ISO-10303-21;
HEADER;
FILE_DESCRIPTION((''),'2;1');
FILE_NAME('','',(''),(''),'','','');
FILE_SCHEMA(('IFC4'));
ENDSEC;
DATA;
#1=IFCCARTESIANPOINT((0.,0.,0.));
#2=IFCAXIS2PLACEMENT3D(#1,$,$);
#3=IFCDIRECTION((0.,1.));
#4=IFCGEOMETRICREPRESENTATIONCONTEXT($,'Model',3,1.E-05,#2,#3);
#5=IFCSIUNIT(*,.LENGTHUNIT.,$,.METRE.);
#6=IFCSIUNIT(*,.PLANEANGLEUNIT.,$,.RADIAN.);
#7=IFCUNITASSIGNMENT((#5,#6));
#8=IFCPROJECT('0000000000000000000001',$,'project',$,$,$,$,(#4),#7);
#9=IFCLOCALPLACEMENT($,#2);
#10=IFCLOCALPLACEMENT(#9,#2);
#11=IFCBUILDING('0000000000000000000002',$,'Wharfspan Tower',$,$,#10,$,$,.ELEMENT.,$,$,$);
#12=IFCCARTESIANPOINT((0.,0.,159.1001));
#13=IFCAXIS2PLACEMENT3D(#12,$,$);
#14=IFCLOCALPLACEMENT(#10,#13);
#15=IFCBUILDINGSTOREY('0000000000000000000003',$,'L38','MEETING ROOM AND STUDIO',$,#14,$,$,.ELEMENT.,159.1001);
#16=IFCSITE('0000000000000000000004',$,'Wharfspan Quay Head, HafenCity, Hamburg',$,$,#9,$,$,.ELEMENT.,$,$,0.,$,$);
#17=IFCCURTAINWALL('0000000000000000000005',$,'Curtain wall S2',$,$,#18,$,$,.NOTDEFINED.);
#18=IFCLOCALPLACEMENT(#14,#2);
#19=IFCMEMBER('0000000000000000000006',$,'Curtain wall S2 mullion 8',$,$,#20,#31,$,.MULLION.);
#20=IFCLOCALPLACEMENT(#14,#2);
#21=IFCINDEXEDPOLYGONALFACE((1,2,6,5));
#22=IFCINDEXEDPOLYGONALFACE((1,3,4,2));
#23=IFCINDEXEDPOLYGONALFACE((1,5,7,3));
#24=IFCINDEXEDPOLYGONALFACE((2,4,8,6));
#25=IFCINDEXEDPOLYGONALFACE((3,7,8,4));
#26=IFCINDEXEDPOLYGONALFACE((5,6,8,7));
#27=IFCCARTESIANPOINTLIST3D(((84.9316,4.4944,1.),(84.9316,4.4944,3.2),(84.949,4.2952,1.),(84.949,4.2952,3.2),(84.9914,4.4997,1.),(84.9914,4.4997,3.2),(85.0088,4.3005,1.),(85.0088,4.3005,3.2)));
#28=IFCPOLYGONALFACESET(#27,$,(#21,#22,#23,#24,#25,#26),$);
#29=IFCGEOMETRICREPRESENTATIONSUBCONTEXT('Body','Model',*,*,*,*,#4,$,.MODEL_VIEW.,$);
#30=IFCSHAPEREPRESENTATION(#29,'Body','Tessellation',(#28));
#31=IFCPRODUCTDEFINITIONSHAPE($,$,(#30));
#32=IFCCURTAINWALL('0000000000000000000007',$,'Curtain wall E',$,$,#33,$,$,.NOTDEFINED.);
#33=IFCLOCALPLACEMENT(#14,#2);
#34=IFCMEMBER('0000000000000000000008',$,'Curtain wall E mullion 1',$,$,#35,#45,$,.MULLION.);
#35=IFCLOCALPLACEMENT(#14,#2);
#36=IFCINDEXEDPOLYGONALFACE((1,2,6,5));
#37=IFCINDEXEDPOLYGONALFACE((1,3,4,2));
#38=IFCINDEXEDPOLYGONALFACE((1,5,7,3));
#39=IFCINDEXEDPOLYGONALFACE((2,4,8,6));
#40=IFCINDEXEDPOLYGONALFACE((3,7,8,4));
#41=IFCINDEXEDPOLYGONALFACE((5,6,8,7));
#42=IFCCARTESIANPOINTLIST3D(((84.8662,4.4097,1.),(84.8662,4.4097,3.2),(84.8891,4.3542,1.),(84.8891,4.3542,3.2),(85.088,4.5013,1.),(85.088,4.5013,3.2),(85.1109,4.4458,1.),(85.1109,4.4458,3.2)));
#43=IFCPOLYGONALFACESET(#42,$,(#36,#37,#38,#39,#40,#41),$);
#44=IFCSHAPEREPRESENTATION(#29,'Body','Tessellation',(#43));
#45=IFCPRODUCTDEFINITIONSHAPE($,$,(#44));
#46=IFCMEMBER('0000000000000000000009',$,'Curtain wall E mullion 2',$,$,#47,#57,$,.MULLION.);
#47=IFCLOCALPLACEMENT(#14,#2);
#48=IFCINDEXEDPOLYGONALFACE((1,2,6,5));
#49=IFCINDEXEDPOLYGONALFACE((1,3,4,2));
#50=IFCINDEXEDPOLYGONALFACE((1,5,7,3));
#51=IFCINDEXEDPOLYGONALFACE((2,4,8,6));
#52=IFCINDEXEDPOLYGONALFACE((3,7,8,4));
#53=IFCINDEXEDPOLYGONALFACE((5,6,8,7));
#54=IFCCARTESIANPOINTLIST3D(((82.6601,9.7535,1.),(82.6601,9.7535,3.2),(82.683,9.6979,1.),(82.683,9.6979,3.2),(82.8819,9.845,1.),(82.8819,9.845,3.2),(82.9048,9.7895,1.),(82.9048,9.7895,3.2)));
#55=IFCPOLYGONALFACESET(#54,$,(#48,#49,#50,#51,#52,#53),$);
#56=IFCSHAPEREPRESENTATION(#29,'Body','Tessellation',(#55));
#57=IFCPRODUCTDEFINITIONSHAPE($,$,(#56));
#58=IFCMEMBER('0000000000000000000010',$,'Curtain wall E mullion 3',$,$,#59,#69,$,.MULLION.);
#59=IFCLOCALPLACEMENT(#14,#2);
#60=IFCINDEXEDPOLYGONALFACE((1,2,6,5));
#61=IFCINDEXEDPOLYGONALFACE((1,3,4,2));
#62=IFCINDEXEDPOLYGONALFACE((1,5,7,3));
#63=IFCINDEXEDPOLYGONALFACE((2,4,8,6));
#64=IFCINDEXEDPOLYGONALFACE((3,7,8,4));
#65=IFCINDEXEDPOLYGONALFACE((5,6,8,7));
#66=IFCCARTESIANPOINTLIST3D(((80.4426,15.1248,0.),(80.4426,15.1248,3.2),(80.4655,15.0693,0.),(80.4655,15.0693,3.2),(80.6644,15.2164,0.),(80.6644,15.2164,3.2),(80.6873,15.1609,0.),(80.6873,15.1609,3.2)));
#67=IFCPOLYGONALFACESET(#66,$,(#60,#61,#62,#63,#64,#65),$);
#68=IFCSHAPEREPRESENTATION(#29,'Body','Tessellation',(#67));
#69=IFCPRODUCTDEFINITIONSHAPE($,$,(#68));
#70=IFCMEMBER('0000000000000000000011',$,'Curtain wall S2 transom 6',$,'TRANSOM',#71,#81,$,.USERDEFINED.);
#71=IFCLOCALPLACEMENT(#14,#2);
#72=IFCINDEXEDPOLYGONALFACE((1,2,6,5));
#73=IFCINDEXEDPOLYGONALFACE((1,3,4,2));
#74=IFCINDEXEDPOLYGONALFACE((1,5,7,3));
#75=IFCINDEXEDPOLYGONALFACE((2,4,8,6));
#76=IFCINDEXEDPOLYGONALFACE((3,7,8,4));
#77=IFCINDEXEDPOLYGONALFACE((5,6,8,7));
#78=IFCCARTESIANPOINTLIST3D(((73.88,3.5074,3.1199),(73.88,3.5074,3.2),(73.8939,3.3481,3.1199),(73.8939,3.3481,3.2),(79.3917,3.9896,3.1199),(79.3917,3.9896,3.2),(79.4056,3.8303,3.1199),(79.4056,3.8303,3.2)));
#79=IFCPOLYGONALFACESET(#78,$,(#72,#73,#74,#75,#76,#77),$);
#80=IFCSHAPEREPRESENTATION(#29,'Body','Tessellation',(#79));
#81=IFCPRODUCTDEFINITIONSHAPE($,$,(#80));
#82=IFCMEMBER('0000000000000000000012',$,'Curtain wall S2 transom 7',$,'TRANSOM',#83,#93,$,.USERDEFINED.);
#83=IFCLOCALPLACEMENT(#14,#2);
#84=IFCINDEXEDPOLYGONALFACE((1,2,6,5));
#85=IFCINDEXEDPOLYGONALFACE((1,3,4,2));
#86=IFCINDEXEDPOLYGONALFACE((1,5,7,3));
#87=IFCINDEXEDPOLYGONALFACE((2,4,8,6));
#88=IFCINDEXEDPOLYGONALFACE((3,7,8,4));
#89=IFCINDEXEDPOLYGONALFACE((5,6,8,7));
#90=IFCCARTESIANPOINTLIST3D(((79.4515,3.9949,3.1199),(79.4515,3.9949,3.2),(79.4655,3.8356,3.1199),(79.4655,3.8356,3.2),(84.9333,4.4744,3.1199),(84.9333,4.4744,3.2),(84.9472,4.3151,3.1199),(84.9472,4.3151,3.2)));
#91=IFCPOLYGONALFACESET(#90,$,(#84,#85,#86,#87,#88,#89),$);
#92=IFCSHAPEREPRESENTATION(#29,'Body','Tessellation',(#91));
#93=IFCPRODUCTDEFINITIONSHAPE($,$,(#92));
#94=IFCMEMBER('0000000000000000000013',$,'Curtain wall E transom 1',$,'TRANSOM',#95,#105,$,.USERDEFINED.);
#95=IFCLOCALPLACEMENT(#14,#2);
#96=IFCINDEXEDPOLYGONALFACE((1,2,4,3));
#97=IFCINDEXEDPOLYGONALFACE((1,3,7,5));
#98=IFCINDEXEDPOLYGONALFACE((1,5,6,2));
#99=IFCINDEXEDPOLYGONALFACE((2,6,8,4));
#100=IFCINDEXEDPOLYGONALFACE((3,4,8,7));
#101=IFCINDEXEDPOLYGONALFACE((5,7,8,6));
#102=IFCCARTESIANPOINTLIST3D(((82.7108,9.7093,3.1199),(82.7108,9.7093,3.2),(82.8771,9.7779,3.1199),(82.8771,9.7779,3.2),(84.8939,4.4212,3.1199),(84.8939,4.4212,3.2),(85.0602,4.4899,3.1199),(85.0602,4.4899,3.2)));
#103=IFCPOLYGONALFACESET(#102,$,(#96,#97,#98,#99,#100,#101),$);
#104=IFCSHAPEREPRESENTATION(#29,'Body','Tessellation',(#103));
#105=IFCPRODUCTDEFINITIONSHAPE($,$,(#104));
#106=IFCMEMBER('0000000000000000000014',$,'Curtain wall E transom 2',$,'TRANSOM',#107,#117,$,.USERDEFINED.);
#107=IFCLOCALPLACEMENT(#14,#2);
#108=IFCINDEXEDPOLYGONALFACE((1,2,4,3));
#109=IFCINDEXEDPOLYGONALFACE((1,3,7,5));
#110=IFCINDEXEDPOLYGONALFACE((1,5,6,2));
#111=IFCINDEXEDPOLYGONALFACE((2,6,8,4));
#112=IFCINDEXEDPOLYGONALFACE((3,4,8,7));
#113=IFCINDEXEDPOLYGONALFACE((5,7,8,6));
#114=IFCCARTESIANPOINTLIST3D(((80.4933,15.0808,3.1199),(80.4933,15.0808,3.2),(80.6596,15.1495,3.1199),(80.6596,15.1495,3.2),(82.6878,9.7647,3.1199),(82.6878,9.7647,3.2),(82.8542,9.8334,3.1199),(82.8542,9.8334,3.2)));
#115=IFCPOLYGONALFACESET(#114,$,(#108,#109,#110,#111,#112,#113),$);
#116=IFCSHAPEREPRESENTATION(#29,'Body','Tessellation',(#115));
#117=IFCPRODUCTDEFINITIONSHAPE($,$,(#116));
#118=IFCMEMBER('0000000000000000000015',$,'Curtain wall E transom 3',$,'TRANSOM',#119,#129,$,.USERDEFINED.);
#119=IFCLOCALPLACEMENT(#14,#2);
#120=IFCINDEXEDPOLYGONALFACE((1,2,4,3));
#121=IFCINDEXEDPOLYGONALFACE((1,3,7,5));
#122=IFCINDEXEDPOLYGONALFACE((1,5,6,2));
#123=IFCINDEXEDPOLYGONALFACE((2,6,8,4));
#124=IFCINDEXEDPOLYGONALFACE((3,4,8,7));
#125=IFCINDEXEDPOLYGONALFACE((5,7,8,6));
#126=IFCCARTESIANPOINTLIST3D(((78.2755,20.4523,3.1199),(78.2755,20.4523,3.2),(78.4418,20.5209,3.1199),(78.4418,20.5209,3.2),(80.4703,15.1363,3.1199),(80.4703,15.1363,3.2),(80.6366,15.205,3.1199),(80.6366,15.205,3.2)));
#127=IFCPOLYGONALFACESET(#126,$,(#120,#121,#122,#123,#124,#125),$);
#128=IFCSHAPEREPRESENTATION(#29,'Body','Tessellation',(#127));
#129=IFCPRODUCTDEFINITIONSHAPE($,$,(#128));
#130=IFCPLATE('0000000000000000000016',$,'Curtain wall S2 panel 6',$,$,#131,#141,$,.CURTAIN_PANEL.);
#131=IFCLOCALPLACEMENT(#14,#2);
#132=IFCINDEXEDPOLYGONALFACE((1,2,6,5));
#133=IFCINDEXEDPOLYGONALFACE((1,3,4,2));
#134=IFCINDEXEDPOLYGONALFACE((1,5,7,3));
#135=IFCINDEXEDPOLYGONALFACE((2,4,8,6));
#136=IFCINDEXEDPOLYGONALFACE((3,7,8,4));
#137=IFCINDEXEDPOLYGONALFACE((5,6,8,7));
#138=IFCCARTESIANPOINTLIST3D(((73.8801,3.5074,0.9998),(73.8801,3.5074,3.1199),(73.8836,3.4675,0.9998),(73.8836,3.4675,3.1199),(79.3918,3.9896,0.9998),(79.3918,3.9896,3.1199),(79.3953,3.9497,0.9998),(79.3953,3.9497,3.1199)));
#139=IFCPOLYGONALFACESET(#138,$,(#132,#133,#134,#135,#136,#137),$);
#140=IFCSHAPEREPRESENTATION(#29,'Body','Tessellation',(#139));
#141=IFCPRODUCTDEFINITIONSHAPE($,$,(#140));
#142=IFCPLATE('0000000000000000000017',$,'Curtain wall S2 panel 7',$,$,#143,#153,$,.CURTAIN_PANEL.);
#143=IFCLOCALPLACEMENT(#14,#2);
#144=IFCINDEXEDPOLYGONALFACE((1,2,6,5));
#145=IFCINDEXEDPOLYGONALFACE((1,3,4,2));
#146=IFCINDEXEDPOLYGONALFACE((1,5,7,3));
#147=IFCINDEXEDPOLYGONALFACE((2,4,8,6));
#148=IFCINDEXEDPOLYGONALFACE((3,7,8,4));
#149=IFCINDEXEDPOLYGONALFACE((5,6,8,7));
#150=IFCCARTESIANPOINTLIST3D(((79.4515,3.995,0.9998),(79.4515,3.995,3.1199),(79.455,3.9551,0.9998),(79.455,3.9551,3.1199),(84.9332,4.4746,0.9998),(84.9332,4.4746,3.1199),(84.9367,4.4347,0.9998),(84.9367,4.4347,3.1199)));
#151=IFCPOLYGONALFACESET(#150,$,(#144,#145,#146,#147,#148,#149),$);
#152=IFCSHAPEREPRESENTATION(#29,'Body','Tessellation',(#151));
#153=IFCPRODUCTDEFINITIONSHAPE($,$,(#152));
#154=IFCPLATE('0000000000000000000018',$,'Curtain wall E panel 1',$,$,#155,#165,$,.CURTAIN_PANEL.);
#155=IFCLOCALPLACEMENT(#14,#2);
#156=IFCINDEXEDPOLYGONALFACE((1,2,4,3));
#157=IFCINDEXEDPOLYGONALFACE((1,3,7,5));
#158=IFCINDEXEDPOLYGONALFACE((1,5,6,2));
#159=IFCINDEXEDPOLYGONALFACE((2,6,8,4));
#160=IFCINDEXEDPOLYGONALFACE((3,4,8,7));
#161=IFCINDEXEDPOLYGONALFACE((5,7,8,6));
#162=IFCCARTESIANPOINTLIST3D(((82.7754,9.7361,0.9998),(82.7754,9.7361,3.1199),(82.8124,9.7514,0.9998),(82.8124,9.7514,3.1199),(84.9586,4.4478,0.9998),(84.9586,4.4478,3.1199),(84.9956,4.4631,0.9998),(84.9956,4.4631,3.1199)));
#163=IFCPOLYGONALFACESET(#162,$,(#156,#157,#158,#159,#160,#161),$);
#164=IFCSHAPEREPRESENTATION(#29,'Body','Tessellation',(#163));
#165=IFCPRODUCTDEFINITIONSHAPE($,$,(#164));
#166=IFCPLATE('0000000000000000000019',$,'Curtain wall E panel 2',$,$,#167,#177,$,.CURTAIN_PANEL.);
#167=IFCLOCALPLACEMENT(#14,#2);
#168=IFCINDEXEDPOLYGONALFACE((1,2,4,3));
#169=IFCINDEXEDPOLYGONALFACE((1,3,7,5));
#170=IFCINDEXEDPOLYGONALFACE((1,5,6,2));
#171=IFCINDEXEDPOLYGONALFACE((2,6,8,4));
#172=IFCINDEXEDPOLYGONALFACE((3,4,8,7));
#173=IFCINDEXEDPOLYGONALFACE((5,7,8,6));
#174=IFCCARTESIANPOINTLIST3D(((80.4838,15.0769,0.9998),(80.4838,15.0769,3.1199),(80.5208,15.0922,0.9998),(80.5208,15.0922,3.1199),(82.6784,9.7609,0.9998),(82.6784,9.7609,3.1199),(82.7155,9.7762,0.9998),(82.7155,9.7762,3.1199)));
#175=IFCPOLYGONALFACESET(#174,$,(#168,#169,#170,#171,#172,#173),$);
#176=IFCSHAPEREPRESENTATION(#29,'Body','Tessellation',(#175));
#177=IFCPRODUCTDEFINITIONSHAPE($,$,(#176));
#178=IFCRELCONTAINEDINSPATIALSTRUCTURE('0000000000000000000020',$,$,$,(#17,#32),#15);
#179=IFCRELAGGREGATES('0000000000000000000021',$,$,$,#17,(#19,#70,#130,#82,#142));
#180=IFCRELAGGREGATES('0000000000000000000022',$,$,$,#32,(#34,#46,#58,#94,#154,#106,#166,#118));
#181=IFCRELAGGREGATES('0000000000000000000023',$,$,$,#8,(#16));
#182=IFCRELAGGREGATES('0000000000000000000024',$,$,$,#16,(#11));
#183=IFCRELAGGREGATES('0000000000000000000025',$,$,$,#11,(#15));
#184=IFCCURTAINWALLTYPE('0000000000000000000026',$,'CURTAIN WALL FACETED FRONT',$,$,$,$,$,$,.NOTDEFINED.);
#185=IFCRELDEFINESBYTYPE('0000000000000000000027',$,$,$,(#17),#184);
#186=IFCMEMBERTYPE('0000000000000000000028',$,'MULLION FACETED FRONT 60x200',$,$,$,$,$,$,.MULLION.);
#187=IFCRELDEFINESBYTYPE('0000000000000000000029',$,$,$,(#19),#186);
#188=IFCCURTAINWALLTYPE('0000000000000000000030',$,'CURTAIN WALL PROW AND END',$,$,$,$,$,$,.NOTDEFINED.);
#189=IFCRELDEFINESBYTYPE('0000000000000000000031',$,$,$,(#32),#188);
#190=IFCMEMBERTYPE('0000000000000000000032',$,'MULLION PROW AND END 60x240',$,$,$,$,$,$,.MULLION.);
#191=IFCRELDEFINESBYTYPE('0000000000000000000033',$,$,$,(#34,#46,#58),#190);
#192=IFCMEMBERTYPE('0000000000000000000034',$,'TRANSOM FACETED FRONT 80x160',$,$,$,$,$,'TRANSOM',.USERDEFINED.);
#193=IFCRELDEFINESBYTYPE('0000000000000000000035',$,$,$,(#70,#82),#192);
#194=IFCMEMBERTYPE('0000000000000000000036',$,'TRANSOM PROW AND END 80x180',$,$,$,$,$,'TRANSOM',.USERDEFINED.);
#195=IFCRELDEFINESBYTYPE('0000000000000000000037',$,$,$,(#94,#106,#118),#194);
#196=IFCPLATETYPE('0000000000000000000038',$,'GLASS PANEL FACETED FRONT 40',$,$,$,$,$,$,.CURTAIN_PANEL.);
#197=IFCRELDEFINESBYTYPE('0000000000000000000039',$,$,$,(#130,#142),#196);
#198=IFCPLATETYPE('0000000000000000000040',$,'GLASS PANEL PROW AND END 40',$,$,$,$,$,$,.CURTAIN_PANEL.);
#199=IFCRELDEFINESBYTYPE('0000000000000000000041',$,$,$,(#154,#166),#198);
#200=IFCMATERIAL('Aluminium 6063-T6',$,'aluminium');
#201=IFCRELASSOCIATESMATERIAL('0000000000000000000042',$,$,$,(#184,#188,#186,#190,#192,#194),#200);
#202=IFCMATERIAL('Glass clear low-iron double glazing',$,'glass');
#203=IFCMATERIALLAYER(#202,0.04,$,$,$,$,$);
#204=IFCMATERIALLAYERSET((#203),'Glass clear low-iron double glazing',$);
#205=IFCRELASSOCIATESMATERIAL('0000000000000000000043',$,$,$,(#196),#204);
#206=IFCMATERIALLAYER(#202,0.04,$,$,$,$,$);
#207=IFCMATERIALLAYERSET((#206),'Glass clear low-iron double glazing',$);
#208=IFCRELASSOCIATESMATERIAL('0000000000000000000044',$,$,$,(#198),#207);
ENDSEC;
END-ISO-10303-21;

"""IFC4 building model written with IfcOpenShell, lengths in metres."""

from ifc_helpers import new_model, si_unit, direction, frame, origin, origin_2d, place, context, subcontext, project, spatial, rectangle, extrude, material, layer, layer_set, material_profile, profile_set, type_object, element, aggregate, save


model = new_model("IFC4")

# Units and contexts
model_context = context("Model", 3, precision=1e-05, world=origin(), true_north=direction((0.0, 1.0)))
body_context = subcontext(model_context, "Body", "Model", "MODEL_VIEW")
ifc_project = project(units=[si_unit("LENGTHUNIT", "METRE"), si_unit("PLANEANGLEUNIT", "RADIAN")], contexts=[model_context])

# Site, building, storey
site_placement = place(None, origin())
site = spatial("IfcSite", under=ifc_project, at=site_placement, Name="Wharfspan Quay Head, HafenCity, Hamburg", CompositionType="ELEMENT", RefElevation=0.0)
building_placement = place(site_placement, origin())
building = spatial("IfcBuilding", under=site, at=building_placement, Name="Wharfspan Tower", CompositionType="ELEMENT")
storey_placement = place(building_placement, frame((0.0, 0.0, 159.1001)))
storey = spatial("IfcBuildingStorey", under=building, at=storey_placement, Name="L38", Description="MEETING ROOM AND STUDIO", CompositionType="ELEMENT", Elevation=159.1001)

# Curtain walls, members
ifc_material_1 = material(Name="Aluminium 6063-T6", Category="aluminium")
curtain_wall_type_1 = type_object("IfcCurtainWallType", Name="CURTAIN WALL FACETED FRONT", PredefinedType="NOTDEFINED", material=ifc_material_1)
curtain_wall_1_placement = place(storey_placement, origin())
curtain_wall_1 = element("IfcCurtainWall", 1, at=curtain_wall_1_placement, inside=storey, type_object=curtain_wall_type_1, Name="Curtain wall S2", PredefinedType="NOTDEFINED")
ifc_material_profile_1 = material_profile(ifc_material_1, rectangle(XDim=0.2, YDim=0.0601, at=origin_2d()))
ifc_profile_set_1 = profile_set([ifc_material_profile_1], Name="Aluminium 6063-T6")
member_type_1 = type_object("IfcMemberType", Name="MULLION FACETED FRONT 60x200", PredefinedType="MULLION", material=ifc_profile_set_1)
member_1_placement = place(storey_placement, frame((84.9702, 4.3975, 1.0), z_axis=(0.0, 0.0, 1.0), x_axis=(-0.087156, 0.996198, 0.0)))
member_1 = element("IfcMember", 2, at=member_1_placement, type_object=member_type_1, Name="Curtain wall S2 mullion 8", PredefinedType="MULLION", context=body_context, shape_type="SweptSolid", body=[
    extrude(rectangle(XDim=0.2, YDim=0.0601, at=origin_2d()), origin(), (0.0, 0.0, 1.0), 2.2),
])
curtain_wall_type_2 = type_object("IfcCurtainWallType", Name="CURTAIN WALL PROW AND END", PredefinedType="NOTDEFINED", material=ifc_material_1)
curtain_wall_2_placement = place(storey_placement, origin())
curtain_wall_2 = element("IfcCurtainWall", 3, at=curtain_wall_2_placement, inside=storey, type_object=curtain_wall_type_2, Name="Curtain wall E", PredefinedType="NOTDEFINED")
ifc_material_profile_2 = material_profile(ifc_material_1, rectangle(XDim=0.24, YDim=0.0601, at=origin_2d()))
ifc_profile_set_2 = profile_set([ifc_material_profile_2], Name="Aluminium 6063-T6")
member_type_2 = type_object("IfcMemberType", Name="MULLION PROW AND END 60x240", PredefinedType="MULLION", material=ifc_profile_set_2)
member_2_placement = place(storey_placement, frame((84.9885, 4.4277, 1.0), z_axis=(0.0, 0.0, 1.0), x_axis=(-0.924325, -0.381602, 0.0)))
member_2 = element("IfcMember", 4, at=member_2_placement, type_object=member_type_2, Name="Curtain wall E mullion 1", PredefinedType="MULLION", context=body_context, shape_type="SweptSolid", body=[
    extrude(rectangle(XDim=0.24, YDim=0.0601, at=origin_2d()), origin(), (0.0, 0.0, 1.0), 2.2),
])
member_3_placement = place(storey_placement, frame((82.7825, 9.7715, 1.0), z_axis=(0.0, 0.0, 1.0), x_axis=(-0.924325, -0.381602, 0.0)))
member_3 = element("IfcMember", 5, at=member_3_placement, type_object=member_type_2, Name="Curtain wall E mullion 2", PredefinedType="MULLION", context=body_context, shape_type="SweptSolid", body=[
    extrude(rectangle(XDim=0.24, YDim=0.0601, at=origin_2d()), origin(), (0.0, 0.0, 1.0), 2.2),
])
member_4_placement = place(storey_placement, frame((80.5649, 15.1428, 0.0), z_axis=(0.0, 0.0, 1.0), x_axis=(-0.924325, -0.381602, 0.0)))
member_4 = element("IfcMember", 6, at=member_4_placement, type_object=member_type_2, Name="Curtain wall E mullion 3", PredefinedType="MULLION", context=body_context, shape_type="SweptSolid", body=[
    extrude(rectangle(XDim=0.24, YDim=0.0601, at=origin_2d()), origin(), (0.0, 0.0, 1.0), 3.2),
])

# Members
ifc_material_profile_3 = material_profile(ifc_material_1, rectangle(XDim=0.1599, YDim=0.0801, at=origin_2d()))
ifc_profile_set_3 = profile_set([ifc_material_profile_3], Name="Aluminium 6063-T6")
member_type_3 = type_object("IfcMemberType", Name="TRANSOM FACETED FRONT 80x160", ElementType="TRANSOM", PredefinedType="USERDEFINED", material=ifc_profile_set_3)
member_5_placement = place(storey_placement, frame((73.887, 3.4277, 3.1599), z_axis=(0.996195, 0.087149, 0.0), x_axis=(-0.087149, 0.996195, 0.0)))
member_5 = element("IfcMember", 7, at=member_5_placement, type_object=member_type_3, Name="Curtain wall S2 transom 6", ObjectType="TRANSOM", PredefinedType="USERDEFINED", context=body_context, shape_type="SweptSolid", body=[
    extrude(rectangle(XDim=0.1599, YDim=0.0801, at=origin_2d()), origin(), (0.0, 0.0, 1.0), 5.5327),
])
member_6_placement = place(storey_placement, frame((79.4585, 3.9153, 3.1599), z_axis=(0.996196, 0.087139, 0.0), x_axis=(-0.087139, 0.996196, 0.0)))
member_6 = element("IfcMember", 8, at=member_6_placement, type_object=member_type_3, Name="Curtain wall S2 transom 7", ObjectType="TRANSOM", PredefinedType="USERDEFINED", context=body_context, shape_type="SweptSolid", body=[
    extrude(rectangle(XDim=0.1599, YDim=0.0801, at=origin_2d()), origin(), (0.0, 0.0, 1.0), 5.5027),
])
ifc_material_profile_4 = material_profile(ifc_material_1, rectangle(XDim=0.1799, YDim=0.0801, at=origin_2d()))
ifc_profile_set_4 = profile_set([ifc_material_profile_4], Name="Aluminium 6063-T6")
member_type_4 = type_object("IfcMemberType", Name="TRANSOM PROW AND END 80x180", ElementType="TRANSOM", PredefinedType="USERDEFINED", material=ifc_profile_set_4)
member_7_placement = place(storey_placement, frame((84.9771, 4.4556, 3.1599), z_axis=(-0.381595, 0.924329, 0.0), x_axis=(-0.924329, -0.381595, 0.0)))
member_7 = element("IfcMember", 9, at=member_7_placement, type_object=member_type_4, Name="Curtain wall E transom 1", ObjectType="TRANSOM", PredefinedType="USERDEFINED", context=body_context, shape_type="SweptSolid", body=[
    extrude(rectangle(XDim=0.1799, YDim=0.0801, at=origin_2d()), origin(), (0.0, 0.0, 1.0), 5.7209),
])
member_8_placement = place(storey_placement, frame((82.771, 9.7991, 3.1599), z_axis=(-0.381578, 0.924337, 0.0), x_axis=(-0.924337, -0.381578, 0.0)))
member_8 = element("IfcMember", 10, at=member_8_placement, type_object=member_type_4, Name="Curtain wall E transom 2", ObjectType="TRANSOM", PredefinedType="USERDEFINED", context=body_context, shape_type="SweptSolid", body=[
    extrude(rectangle(XDim=0.1799, YDim=0.0801, at=origin_2d()), origin(), (0.0, 0.0, 1.0), 5.7512),
])
member_9_placement = place(storey_placement, frame((80.5535, 15.1707, 3.1599), z_axis=(-0.381629, 0.924315, 0.0), x_axis=(-0.924315, -0.381629, 0.0)))
member_9 = element("IfcMember", 11, at=member_9_placement, type_object=member_type_4, Name="Curtain wall E transom 3", ObjectType="TRANSOM", PredefinedType="USERDEFINED", context=body_context, shape_type="SweptSolid", body=[
    extrude(rectangle(XDim=0.1799, YDim=0.0801, at=origin_2d()), origin(), (0.0, 0.0, 1.0), 5.7512),
])

# Plates
ifc_material_2 = material(Name="Glass clear low-iron double glazing", Category="glass")
ifc_layer_1 = layer(ifc_material_2, 0.04)
ifc_layer_set_1 = layer_set([ifc_layer_1], Name="Glass clear low-iron double glazing")
plate_type_1 = type_object("IfcPlateType", Name="GLASS PANEL FACETED FRONT 40", PredefinedType="CURTAIN_PANEL", material=ifc_layer_set_1)
plate_1_placement = place(storey_placement, frame((76.6377, 3.7285, 0.9998), z_axis=(0.0, 0.0, 1.0), x_axis=(0.996198, 0.087156, 0.0)))
plate_1 = element("IfcPlate", 12, at=plate_1_placement, type_object=plate_type_1, Name="Curtain wall S2 panel 6", PredefinedType="CURTAIN_PANEL", context=body_context, shape_type="SweptSolid", body=[
    extrude(rectangle(XDim=5.5327, YDim=0.04, at=origin_2d()), origin(), (0.0, 0.0, 1.0), 2.1201),
])
plate_2_placement = place(storey_placement, frame((82.1941, 4.2148, 0.9998), z_axis=(0.0, 0.0, 1.0), x_axis=(0.996198, 0.087156, 0.0)))
plate_2 = element("IfcPlate", 13, at=plate_2_placement, type_object=plate_type_1, Name="Curtain wall S2 panel 7", PredefinedType="CURTAIN_PANEL", context=body_context, shape_type="SweptSolid", body=[
    extrude(rectangle(XDim=5.5027, YDim=0.04, at=origin_2d()), origin(), (0.0, 0.0, 1.0), 2.1201),
])
aggregate(curtain_wall_1, [member_1, member_5, plate_1, member_6, plate_2])
ifc_layer_2 = layer(ifc_material_2, 0.04)
ifc_layer_set_2 = layer_set([ifc_layer_2], Name="Glass clear low-iron double glazing")
plate_type_2 = type_object("IfcPlateType", Name="GLASS PANEL PROW AND END 40", PredefinedType="CURTAIN_PANEL", material=ifc_layer_set_2)
plate_3_placement = place(storey_placement, frame((83.8855, 7.0996, 0.9998), z_axis=(0.0, 0.0, 1.0), x_axis=(-0.381602, 0.924325, 0.0)))
plate_3 = element("IfcPlate", 14, at=plate_3_placement, type_object=plate_type_2, Name="Curtain wall E panel 1", PredefinedType="CURTAIN_PANEL", context=body_context, shape_type="SweptSolid", body=[
    extrude(rectangle(XDim=5.7212, YDim=0.04, at=origin_2d()), origin(), (0.0, 0.0, 1.0), 2.1201),
])
plate_4_placement = place(storey_placement, frame((81.5996, 12.4265, 0.9998), z_axis=(0.0, 0.0, 1.0), x_axis=(-0.381602, 0.924325, 0.0)))
plate_4 = element("IfcPlate", 15, at=plate_4_placement, type_object=plate_type_2, Name="Curtain wall E panel 2", PredefinedType="CURTAIN_PANEL", context=body_context, shape_type="SweptSolid", body=[
    extrude(rectangle(XDim=5.7512, YDim=0.04, at=origin_2d()), origin(), (0.0, 0.0, 1.0), 2.1201),
])
aggregate(curtain_wall_2, [member_2, member_3, member_4, member_7, plate_3, member_8, plate_4, member_9])

save(model, "model.ifc")
